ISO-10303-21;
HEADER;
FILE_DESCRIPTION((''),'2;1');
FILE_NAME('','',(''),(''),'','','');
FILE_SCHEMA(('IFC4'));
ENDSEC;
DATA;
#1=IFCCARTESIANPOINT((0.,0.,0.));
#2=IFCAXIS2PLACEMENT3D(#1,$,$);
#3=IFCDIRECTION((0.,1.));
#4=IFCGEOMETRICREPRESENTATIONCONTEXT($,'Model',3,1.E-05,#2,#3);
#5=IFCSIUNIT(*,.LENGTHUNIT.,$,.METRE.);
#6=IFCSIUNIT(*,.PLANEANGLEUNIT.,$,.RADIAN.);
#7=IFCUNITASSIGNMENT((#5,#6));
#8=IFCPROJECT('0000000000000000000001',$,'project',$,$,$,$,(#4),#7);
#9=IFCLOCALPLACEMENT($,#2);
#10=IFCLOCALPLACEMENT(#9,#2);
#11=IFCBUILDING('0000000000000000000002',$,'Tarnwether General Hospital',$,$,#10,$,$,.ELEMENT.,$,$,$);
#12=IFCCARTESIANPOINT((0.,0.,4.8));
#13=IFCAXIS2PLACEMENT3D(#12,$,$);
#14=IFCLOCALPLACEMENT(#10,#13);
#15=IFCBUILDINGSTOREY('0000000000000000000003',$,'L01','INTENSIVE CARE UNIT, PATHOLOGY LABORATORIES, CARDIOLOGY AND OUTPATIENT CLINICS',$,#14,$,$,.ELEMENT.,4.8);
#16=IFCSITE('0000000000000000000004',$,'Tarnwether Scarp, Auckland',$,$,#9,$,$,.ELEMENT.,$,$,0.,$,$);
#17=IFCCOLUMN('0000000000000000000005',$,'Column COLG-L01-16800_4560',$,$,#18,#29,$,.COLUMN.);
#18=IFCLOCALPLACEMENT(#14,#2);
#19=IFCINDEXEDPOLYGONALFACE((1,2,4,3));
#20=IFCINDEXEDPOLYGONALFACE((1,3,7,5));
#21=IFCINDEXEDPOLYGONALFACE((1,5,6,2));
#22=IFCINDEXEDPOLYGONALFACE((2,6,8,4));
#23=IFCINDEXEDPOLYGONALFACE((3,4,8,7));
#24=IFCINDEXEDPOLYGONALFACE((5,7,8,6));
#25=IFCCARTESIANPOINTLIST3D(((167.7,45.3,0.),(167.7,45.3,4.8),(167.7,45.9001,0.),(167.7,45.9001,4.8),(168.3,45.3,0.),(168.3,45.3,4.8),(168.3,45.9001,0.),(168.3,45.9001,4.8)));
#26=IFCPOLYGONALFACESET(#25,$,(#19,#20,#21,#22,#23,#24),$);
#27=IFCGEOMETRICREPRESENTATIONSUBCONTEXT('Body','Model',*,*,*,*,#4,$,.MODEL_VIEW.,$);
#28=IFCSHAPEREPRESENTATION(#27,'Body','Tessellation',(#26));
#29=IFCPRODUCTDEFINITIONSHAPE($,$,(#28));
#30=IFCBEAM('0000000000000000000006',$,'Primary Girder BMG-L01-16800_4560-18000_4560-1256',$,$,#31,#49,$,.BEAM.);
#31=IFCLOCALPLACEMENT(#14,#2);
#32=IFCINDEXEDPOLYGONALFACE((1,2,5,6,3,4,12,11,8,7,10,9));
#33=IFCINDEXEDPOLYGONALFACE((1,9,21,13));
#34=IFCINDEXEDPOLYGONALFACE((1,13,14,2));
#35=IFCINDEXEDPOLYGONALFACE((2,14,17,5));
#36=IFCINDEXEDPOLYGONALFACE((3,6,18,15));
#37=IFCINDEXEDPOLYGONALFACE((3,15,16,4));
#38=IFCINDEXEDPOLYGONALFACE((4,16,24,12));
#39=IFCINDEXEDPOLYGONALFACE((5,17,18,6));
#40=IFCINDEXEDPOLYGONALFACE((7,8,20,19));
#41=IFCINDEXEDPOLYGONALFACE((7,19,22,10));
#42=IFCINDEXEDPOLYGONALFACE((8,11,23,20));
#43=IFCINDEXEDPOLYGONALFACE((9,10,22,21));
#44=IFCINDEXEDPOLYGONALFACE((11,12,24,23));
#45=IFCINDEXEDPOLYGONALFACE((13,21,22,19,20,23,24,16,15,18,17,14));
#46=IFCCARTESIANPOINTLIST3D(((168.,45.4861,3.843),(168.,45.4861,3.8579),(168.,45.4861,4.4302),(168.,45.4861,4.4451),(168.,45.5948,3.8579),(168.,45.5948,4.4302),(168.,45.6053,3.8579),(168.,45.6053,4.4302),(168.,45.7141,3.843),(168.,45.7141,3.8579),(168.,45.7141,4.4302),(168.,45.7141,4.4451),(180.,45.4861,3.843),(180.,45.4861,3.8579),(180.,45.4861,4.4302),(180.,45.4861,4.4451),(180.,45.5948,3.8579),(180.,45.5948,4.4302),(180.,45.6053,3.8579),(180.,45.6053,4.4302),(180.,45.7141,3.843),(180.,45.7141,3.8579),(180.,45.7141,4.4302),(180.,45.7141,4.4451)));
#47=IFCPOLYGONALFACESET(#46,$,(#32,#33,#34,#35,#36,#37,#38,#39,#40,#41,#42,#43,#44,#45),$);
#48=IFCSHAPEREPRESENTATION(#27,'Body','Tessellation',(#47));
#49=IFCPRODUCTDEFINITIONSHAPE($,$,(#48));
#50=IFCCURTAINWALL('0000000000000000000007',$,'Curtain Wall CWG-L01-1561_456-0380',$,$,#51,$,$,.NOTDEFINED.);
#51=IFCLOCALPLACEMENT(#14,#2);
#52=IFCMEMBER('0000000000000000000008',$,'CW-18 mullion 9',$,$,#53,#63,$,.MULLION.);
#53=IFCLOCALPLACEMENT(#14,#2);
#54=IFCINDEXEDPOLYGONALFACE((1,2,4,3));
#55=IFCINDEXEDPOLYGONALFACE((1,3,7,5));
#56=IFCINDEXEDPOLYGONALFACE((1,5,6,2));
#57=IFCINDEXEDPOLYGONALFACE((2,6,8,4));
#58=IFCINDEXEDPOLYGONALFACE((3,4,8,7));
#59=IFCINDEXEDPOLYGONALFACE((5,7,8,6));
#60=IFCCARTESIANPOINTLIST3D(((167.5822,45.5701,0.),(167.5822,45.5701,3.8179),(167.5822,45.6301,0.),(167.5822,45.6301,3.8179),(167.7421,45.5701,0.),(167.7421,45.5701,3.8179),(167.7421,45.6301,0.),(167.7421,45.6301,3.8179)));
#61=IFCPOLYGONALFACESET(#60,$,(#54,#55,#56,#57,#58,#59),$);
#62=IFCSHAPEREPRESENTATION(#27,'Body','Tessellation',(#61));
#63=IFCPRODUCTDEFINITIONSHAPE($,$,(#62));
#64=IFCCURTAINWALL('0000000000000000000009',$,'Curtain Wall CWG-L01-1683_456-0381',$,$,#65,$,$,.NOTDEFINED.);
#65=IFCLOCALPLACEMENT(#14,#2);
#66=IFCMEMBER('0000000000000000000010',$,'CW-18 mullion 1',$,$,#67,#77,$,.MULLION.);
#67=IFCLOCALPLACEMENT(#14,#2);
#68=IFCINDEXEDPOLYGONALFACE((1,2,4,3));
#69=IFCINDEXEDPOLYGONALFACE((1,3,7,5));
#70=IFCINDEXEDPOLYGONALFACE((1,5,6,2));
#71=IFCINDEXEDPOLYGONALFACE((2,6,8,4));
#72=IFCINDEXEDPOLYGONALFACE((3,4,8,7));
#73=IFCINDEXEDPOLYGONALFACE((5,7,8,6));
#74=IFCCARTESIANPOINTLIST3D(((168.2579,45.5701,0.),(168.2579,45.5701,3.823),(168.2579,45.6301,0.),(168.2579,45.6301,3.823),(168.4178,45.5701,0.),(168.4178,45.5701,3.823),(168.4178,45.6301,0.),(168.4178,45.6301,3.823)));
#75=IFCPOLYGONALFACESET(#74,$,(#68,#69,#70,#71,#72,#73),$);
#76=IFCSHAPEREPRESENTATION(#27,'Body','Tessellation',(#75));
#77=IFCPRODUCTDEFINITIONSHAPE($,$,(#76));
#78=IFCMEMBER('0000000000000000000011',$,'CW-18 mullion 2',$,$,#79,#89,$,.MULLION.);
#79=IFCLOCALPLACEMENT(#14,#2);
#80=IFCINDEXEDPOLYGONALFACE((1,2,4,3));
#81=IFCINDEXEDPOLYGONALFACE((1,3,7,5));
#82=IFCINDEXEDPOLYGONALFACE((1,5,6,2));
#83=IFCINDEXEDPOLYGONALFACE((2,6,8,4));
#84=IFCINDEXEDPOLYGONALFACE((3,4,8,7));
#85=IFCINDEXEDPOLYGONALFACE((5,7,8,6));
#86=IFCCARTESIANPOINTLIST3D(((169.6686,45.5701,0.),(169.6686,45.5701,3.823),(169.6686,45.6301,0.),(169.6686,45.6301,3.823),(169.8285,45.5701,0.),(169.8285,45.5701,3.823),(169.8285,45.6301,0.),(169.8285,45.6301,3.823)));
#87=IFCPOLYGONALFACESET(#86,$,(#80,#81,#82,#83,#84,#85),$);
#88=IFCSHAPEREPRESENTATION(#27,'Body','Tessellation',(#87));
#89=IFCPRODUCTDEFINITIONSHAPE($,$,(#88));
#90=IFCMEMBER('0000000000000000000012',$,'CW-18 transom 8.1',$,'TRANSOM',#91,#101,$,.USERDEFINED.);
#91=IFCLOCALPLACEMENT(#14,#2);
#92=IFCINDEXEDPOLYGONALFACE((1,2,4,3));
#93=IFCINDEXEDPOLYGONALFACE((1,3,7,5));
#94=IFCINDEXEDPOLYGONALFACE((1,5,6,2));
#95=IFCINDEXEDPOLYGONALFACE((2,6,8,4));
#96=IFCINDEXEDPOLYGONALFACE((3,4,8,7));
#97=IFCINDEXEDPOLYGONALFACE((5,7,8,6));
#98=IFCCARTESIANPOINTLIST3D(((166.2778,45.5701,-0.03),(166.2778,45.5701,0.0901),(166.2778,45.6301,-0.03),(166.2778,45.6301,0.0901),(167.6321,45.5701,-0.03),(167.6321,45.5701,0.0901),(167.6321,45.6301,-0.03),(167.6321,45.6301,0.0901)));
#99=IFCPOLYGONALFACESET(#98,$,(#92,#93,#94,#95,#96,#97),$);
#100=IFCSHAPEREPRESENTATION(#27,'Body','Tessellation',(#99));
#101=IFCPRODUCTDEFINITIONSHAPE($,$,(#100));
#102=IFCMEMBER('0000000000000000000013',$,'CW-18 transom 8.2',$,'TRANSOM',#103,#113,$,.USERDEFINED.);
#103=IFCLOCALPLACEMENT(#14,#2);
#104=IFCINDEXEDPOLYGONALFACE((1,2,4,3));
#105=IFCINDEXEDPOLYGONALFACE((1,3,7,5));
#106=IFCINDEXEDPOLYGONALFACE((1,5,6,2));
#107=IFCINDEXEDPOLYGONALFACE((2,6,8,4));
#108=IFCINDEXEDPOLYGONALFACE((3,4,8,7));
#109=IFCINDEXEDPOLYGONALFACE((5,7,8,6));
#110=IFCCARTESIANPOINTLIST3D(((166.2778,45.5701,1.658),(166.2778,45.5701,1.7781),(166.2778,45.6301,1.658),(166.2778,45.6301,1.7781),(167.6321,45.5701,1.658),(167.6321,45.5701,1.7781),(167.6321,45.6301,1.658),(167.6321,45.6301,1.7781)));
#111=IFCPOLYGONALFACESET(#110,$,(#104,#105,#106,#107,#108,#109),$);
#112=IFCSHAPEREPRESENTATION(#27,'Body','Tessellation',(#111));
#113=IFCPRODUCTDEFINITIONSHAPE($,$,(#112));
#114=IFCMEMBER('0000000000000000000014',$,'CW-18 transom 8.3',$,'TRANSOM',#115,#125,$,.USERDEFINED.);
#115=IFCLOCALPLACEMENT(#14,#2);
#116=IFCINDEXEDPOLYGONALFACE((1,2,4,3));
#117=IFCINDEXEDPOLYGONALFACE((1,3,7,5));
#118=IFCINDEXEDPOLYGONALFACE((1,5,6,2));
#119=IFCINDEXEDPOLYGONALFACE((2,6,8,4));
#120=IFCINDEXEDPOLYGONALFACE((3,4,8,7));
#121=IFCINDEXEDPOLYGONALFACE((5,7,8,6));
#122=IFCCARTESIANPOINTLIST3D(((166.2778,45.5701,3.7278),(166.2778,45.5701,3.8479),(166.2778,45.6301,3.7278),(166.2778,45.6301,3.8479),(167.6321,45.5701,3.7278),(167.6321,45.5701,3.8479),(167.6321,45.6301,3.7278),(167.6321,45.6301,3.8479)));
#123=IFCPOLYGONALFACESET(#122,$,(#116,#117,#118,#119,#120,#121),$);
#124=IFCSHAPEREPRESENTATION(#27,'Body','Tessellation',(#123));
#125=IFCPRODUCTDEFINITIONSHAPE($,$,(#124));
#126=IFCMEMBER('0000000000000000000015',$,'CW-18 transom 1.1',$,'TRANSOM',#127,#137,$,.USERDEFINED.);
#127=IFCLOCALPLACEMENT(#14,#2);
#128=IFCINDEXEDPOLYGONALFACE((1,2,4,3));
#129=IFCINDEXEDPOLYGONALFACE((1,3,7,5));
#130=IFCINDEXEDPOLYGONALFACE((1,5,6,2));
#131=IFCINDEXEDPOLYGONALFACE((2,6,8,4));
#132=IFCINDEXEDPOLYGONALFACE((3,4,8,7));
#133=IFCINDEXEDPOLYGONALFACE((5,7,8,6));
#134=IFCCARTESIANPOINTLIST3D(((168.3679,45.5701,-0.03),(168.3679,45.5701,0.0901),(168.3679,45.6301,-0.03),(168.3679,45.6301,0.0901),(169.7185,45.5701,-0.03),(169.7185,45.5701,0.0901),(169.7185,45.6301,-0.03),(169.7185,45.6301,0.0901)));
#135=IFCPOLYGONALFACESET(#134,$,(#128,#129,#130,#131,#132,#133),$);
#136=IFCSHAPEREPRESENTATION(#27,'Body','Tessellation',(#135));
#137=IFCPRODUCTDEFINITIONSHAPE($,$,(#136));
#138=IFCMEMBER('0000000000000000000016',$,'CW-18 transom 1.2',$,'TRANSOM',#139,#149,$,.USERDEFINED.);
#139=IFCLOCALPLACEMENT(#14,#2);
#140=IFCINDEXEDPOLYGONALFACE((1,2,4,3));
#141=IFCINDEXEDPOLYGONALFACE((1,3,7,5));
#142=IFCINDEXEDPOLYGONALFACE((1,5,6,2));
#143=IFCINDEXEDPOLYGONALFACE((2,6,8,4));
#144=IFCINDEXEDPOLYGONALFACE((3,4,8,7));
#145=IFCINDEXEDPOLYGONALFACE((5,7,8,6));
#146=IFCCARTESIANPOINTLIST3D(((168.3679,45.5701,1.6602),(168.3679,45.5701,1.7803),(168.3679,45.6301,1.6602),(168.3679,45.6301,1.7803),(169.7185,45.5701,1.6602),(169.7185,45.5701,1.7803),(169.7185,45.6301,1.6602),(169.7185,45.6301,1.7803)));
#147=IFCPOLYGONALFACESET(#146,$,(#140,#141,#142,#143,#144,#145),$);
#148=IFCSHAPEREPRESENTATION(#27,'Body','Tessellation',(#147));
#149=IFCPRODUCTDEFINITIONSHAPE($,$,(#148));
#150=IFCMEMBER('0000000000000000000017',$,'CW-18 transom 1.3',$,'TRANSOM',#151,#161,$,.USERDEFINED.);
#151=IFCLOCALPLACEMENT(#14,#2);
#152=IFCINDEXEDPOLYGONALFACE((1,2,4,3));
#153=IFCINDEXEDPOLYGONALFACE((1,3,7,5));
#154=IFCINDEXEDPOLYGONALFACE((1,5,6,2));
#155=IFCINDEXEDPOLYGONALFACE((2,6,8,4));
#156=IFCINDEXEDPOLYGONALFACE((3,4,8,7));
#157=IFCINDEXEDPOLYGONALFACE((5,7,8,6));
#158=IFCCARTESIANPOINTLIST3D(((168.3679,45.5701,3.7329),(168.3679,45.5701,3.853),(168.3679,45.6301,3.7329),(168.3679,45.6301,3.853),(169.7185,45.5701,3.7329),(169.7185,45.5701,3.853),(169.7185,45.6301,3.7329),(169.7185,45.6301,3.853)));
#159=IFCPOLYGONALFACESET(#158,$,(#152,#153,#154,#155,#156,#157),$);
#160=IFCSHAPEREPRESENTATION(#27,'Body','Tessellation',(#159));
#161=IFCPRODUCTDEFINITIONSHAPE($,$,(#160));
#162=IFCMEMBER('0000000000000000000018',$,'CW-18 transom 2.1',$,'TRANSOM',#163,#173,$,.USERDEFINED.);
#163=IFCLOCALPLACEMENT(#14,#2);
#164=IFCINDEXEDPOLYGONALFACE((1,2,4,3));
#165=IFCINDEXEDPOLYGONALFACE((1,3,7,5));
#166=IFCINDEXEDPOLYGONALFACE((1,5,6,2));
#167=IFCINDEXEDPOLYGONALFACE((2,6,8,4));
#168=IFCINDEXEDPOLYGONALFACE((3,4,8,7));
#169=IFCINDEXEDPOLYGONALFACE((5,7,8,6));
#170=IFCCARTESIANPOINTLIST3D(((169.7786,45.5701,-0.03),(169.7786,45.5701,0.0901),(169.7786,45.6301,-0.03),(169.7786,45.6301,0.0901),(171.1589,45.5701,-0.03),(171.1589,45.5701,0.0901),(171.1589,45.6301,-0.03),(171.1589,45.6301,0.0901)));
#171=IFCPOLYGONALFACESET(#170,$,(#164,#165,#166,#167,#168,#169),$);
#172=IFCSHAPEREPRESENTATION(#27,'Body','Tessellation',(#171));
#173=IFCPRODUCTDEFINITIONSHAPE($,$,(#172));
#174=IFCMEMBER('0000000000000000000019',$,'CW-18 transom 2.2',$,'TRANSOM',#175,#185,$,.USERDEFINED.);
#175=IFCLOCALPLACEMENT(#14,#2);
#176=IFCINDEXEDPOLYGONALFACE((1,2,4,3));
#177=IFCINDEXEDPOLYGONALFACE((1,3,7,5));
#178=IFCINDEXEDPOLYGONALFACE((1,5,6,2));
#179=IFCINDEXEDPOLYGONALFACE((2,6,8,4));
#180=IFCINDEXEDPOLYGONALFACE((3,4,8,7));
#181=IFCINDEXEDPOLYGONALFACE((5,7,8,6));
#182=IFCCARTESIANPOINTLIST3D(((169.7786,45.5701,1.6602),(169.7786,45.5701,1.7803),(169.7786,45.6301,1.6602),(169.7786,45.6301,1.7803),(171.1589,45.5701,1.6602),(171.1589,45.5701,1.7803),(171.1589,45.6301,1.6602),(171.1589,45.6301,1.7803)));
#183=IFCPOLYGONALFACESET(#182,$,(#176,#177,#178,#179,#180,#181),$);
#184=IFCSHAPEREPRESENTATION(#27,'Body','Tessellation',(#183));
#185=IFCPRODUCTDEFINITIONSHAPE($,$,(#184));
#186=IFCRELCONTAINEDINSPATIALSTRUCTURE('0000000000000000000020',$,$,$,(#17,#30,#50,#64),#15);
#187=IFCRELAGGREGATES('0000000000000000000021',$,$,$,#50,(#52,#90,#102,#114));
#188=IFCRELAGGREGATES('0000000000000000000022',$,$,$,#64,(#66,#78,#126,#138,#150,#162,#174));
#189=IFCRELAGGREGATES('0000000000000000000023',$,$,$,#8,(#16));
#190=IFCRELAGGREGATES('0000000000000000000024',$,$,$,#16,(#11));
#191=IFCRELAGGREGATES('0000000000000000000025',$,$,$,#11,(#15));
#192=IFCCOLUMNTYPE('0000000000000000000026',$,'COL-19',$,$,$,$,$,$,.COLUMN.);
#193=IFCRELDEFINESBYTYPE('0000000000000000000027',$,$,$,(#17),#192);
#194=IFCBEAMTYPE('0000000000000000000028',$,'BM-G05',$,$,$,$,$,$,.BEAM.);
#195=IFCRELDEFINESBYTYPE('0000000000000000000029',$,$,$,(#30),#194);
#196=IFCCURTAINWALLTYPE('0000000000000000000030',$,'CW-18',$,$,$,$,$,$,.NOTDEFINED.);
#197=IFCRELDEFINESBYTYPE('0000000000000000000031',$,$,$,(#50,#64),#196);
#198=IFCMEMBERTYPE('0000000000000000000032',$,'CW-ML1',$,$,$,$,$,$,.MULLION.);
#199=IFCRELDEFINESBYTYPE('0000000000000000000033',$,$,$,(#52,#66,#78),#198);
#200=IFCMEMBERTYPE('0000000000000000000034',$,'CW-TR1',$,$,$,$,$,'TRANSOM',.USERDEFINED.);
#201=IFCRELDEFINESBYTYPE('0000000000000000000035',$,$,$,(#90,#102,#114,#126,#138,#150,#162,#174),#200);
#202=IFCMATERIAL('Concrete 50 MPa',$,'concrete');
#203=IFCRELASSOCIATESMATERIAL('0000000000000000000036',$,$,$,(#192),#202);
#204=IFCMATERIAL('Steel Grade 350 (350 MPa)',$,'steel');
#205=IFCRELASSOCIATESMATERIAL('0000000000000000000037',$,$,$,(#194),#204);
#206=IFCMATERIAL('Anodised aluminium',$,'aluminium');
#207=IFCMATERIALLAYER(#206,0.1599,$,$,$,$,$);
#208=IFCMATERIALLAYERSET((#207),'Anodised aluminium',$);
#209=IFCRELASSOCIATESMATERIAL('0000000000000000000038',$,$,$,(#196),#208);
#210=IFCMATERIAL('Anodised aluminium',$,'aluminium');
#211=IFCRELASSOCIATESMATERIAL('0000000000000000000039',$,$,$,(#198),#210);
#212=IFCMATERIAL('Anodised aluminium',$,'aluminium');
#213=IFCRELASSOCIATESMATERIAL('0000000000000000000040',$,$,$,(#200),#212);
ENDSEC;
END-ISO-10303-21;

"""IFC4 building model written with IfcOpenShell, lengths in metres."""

from ifc_helpers import new_model, si_unit, direction, frame, origin, origin_2d, place, context, subcontext, project, spatial, rectangle, i_section, extrude, material, layer, layer_set, material_profile, profile_set, type_object, element, aggregate, save


model = new_model("IFC4")

# Units and contexts
model_context = context("Model", 3, precision=1e-05, world=origin(), true_north=direction((0.0, 1.0)))
body_context = subcontext(model_context, "Body", "Model", "MODEL_VIEW")
ifc_project = project(units=[si_unit("LENGTHUNIT", "METRE"), si_unit("PLANEANGLEUNIT", "RADIAN")], contexts=[model_context])

# Site, building, storey
site_placement = place(None, origin())
site = spatial("IfcSite", under=ifc_project, at=site_placement, Name="Tarnwether Scarp, Auckland", CompositionType="ELEMENT", RefElevation=0.0)
building_placement = place(site_placement, origin())
building = spatial("IfcBuilding", under=site, at=building_placement, Name="Tarnwether General Hospital", CompositionType="ELEMENT")
storey_placement = place(building_placement, frame((0.0, 0.0, 4.8)))
storey = spatial("IfcBuildingStorey", under=building, at=storey_placement, Name="L01", Description="INTENSIVE CARE UNIT, PATHOLOGY LABORATORIES, CARDIOLOGY AND OUTPATIENT CLINICS", CompositionType="ELEMENT", Elevation=4.8)

# Column
ifc_material_1 = material(Name="Concrete 50 MPa", Category="concrete")
ifc_material_profile_1 = material_profile(ifc_material_1, rectangle(XDim=0.6001, YDim=0.6001, at=origin_2d()), Name="RC-COL-600x600")
ifc_profile_set_1 = profile_set([ifc_material_profile_1], Name="Concrete 50 MPa")
column_type = type_object("IfcColumnType", Name="COL-19", PredefinedType="COLUMN", material=ifc_profile_set_1)
column_placement = place(storey_placement, frame((168.0, 45.6001, 0.0), z_axis=(0.0, 0.0, 1.0), x_axis=(1.0, 0.0, 0.0)))
element("IfcColumn", 1, at=column_placement, inside=storey, type_object=column_type, Name="Column COLG-L01-16800_4560", PredefinedType="COLUMN", context=body_context, shape_type="SweptSolid", body=[
    extrude(rectangle(XDim=0.6001, YDim=0.6001, at=origin_2d()), origin(), (0.0, 0.0, 1.0), 4.8),
])

# Beam
ifc_material_2 = material(Name="Steel Grade 350 (350 MPa)", Category="steel")
ifc_material_profile_2 = material_profile(ifc_material_2, i_section(OverallWidth=0.228, OverallDepth=0.6021, WebThickness=0.0105, FlangeThickness=0.0149, at=origin_2d()), Name="610UB101")
ifc_profile_set_2 = profile_set([ifc_material_profile_2], Name="Steel Grade 350 (350 MPa)")
beam_type = type_object("IfcBeamType", Name="BM-G05", PredefinedType="BEAM", material=ifc_profile_set_2)
beam_placement = place(storey_placement, frame((168.0, 45.6001, 4.144), z_axis=(1.0, 0.0, 0.0), x_axis=(0.0, 1.0, 0.0)))
element("IfcBeam", 2, at=beam_placement, inside=storey, type_object=beam_type, Name="Primary Girder BMG-L01-16800_4560-18000_4560-1256", PredefinedType="BEAM", context=body_context, shape_type="SweptSolid", body=[
    extrude(i_section(OverallWidth=0.228, OverallDepth=0.6021, WebThickness=0.0105, FlangeThickness=0.0149, at=origin_2d()), origin(), (0.0, 0.0, 1.0), 12.0),
])

# Curtain wall, member
ifc_material_3 = material(Name="Anodised aluminium", Category="aluminium")
ifc_layer_1 = layer(ifc_material_3, 0.1599)
ifc_layer_set_1 = layer_set([ifc_layer_1], Name="Anodised aluminium")
curtain_wall_type = type_object("IfcCurtainWallType", Name="CW-18", PredefinedType="NOTDEFINED", material=ifc_layer_set_1)
curtain_wall_1_placement = place(storey_placement, origin())
curtain_wall_1 = element("IfcCurtainWall", 3, at=curtain_wall_1_placement, inside=storey, type_object=curtain_wall_type, Name="Curtain Wall CWG-L01-1561_456-0380", PredefinedType="NOTDEFINED")
ifc_material_4 = material(Name="Anodised aluminium", Category="aluminium")
ifc_material_profile_3 = material_profile(ifc_material_4, rectangle(XDim=0.0601, YDim=0.1599, at=origin_2d()), Name="ALU-MUL-60x160")
ifc_profile_set_3 = profile_set([ifc_material_profile_3], Name="Anodised aluminium")
member_type_1 = type_object("IfcMemberType", Name="CW-ML1", PredefinedType="MULLION", material=ifc_profile_set_3)
member_1_placement = place(storey_placement, frame((167.6621, 45.6001, 0.0), z_axis=(0.0, 0.0, 1.0), x_axis=(0.0, 1.0, 0.0)))
member_1 = element("IfcMember", 4, at=member_1_placement, type_object=member_type_1, Name="CW-18 mullion 9", PredefinedType="MULLION", context=body_context, shape_type="SweptSolid", body=[
    extrude(rectangle(XDim=0.0601, YDim=0.1599, at=origin_2d()), origin(), (0.0, 0.0, 1.0), 3.8179),
])

# Curtain wall, members
curtain_wall_2_placement = place(storey_placement, origin())
curtain_wall_2 = element("IfcCurtainWall", 5, at=curtain_wall_2_placement, inside=storey, type_object=curtain_wall_type, Name="Curtain Wall CWG-L01-1683_456-0381", PredefinedType="NOTDEFINED")
member_2_placement = place(storey_placement, frame((168.3379, 45.6001, 0.0), z_axis=(0.0, 0.0, 1.0), x_axis=(0.0, 1.0, 0.0)))
member_2 = element("IfcMember", 6, at=member_2_placement, type_object=member_type_1, Name="CW-18 mullion 1", PredefinedType="MULLION", context=body_context, shape_type="SweptSolid", body=[
    extrude(rectangle(XDim=0.0601, YDim=0.1599, at=origin_2d()), origin(), (0.0, 0.0, 1.0), 3.823),
])
member_3_placement = place(storey_placement, frame((169.7485, 45.6001, 0.0), z_axis=(0.0, 0.0, 1.0), x_axis=(0.0, 1.0, 0.0)))
member_3 = element("IfcMember", 7, at=member_3_placement, type_object=member_type_1, Name="CW-18 mullion 2", PredefinedType="MULLION", context=body_context, shape_type="SweptSolid", body=[
    extrude(rectangle(XDim=0.0601, YDim=0.1599, at=origin_2d()), origin(), (0.0, 0.0, 1.0), 3.823),
])

# Members
ifc_material_5 = material(Name="Anodised aluminium", Category="aluminium")
ifc_material_profile_4 = material_profile(ifc_material_5, rectangle(XDim=0.0601, YDim=0.1201, at=origin_2d()), Name="ALU-TRN-60x120")
ifc_profile_set_4 = profile_set([ifc_material_profile_4], Name="Anodised aluminium")
member_type_2 = type_object("IfcMemberType", Name="CW-TR1", ElementType="TRANSOM", PredefinedType="USERDEFINED", material=ifc_profile_set_4)
member_4_placement = place(storey_placement, frame((166.2778, 45.6001, 0.03), z_axis=(1.0, 0.0, 0.0), x_axis=(0.0, 1.0, 0.0)))
member_4 = element("IfcMember", 8, at=member_4_placement, type_object=member_type_2, Name="CW-18 transom 8.1", ObjectType="TRANSOM", PredefinedType="USERDEFINED", context=body_context, shape_type="SweptSolid", body=[
    extrude(rectangle(XDim=0.0601, YDim=0.1201, at=origin_2d()), origin(), (0.0, 0.0, 1.0), 1.3542),
])
member_5_placement = place(storey_placement, frame((166.2778, 45.6001, 1.718), z_axis=(1.0, 0.0, 0.0), x_axis=(0.0, 1.0, 0.0)))
member_5 = element("IfcMember", 9, at=member_5_placement, type_object=member_type_2, Name="CW-18 transom 8.2", ObjectType="TRANSOM", PredefinedType="USERDEFINED", context=body_context, shape_type="SweptSolid", body=[
    extrude(rectangle(XDim=0.0601, YDim=0.1201, at=origin_2d()), origin(), (0.0, 0.0, 1.0), 1.3542),
])
member_6_placement = place(storey_placement, frame((166.2778, 45.6001, 3.7878), z_axis=(1.0, 0.0, 0.0), x_axis=(0.0, 1.0, 0.0)))
member_6 = element("IfcMember", 10, at=member_6_placement, type_object=member_type_2, Name="CW-18 transom 8.3", ObjectType="TRANSOM", PredefinedType="USERDEFINED", context=body_context, shape_type="SweptSolid", body=[
    extrude(rectangle(XDim=0.0601, YDim=0.1201, at=origin_2d()), origin(), (0.0, 0.0, 1.0), 1.3542),
])
member_7_placement = place(storey_placement, frame((168.3679, 45.6001, 0.03), z_axis=(1.0, 0.0, 0.0), x_axis=(0.0, 1.0, 0.0)))
member_7 = element("IfcMember", 11, at=member_7_placement, type_object=member_type_2, Name="CW-18 transom 1.1", ObjectType="TRANSOM", PredefinedType="USERDEFINED", context=body_context, shape_type="SweptSolid", body=[
    extrude(rectangle(XDim=0.0601, YDim=0.1201, at=origin_2d()), origin(), (0.0, 0.0, 1.0), 1.3506),
])
member_8_placement = place(storey_placement, frame((168.3679, 45.6001, 1.7202), z_axis=(1.0, 0.0, 0.0), x_axis=(0.0, 1.0, 0.0)))
member_8 = element("IfcMember", 12, at=member_8_placement, type_object=member_type_2, Name="CW-18 transom 1.2", ObjectType="TRANSOM", PredefinedType="USERDEFINED", context=body_context, shape_type="SweptSolid", body=[
    extrude(rectangle(XDim=0.0601, YDim=0.1201, at=origin_2d()), origin(), (0.0, 0.0, 1.0), 1.3506),
])
member_9_placement = place(storey_placement, frame((168.3679, 45.6001, 3.793), z_axis=(1.0, 0.0, 0.0), x_axis=(0.0, 1.0, 0.0)))
member_9 = element("IfcMember", 13, at=member_9_placement, type_object=member_type_2, Name="CW-18 transom 1.3", ObjectType="TRANSOM", PredefinedType="USERDEFINED", context=body_context, shape_type="SweptSolid", body=[
    extrude(rectangle(XDim=0.0601, YDim=0.1201, at=origin_2d()), origin(), (0.0, 0.0, 1.0), 1.3506),
])
member_10_placement = place(storey_placement, frame((169.7786, 45.6001, 0.03), z_axis=(1.0, 0.0, 0.0), x_axis=(0.0, 1.0, 0.0)))
member_10 = element("IfcMember", 14, at=member_10_placement, type_object=member_type_2, Name="CW-18 transom 2.1", ObjectType="TRANSOM", PredefinedType="USERDEFINED", context=body_context, shape_type="SweptSolid", body=[
    extrude(rectangle(XDim=0.0601, YDim=0.1201, at=origin_2d()), origin(), (0.0, 0.0, 1.0), 1.3804),
])
member_11_placement = place(storey_placement, frame((169.7786, 45.6001, 1.7202), z_axis=(1.0, 0.0, 0.0), x_axis=(0.0, 1.0, 0.0)))
member_11 = element("IfcMember", 15, at=member_11_placement, type_object=member_type_2, Name="CW-18 transom 2.2", ObjectType="TRANSOM", PredefinedType="USERDEFINED", context=body_context, shape_type="SweptSolid", body=[
    extrude(rectangle(XDim=0.0601, YDim=0.1201, at=origin_2d()), origin(), (0.0, 0.0, 1.0), 1.3804),
])

aggregate(curtain_wall_1, [member_1, member_4, member_5, member_6])
aggregate(curtain_wall_2, [member_2, member_3, member_7, member_8, member_9, member_10, member_11])

save(model, "model.ifc")
